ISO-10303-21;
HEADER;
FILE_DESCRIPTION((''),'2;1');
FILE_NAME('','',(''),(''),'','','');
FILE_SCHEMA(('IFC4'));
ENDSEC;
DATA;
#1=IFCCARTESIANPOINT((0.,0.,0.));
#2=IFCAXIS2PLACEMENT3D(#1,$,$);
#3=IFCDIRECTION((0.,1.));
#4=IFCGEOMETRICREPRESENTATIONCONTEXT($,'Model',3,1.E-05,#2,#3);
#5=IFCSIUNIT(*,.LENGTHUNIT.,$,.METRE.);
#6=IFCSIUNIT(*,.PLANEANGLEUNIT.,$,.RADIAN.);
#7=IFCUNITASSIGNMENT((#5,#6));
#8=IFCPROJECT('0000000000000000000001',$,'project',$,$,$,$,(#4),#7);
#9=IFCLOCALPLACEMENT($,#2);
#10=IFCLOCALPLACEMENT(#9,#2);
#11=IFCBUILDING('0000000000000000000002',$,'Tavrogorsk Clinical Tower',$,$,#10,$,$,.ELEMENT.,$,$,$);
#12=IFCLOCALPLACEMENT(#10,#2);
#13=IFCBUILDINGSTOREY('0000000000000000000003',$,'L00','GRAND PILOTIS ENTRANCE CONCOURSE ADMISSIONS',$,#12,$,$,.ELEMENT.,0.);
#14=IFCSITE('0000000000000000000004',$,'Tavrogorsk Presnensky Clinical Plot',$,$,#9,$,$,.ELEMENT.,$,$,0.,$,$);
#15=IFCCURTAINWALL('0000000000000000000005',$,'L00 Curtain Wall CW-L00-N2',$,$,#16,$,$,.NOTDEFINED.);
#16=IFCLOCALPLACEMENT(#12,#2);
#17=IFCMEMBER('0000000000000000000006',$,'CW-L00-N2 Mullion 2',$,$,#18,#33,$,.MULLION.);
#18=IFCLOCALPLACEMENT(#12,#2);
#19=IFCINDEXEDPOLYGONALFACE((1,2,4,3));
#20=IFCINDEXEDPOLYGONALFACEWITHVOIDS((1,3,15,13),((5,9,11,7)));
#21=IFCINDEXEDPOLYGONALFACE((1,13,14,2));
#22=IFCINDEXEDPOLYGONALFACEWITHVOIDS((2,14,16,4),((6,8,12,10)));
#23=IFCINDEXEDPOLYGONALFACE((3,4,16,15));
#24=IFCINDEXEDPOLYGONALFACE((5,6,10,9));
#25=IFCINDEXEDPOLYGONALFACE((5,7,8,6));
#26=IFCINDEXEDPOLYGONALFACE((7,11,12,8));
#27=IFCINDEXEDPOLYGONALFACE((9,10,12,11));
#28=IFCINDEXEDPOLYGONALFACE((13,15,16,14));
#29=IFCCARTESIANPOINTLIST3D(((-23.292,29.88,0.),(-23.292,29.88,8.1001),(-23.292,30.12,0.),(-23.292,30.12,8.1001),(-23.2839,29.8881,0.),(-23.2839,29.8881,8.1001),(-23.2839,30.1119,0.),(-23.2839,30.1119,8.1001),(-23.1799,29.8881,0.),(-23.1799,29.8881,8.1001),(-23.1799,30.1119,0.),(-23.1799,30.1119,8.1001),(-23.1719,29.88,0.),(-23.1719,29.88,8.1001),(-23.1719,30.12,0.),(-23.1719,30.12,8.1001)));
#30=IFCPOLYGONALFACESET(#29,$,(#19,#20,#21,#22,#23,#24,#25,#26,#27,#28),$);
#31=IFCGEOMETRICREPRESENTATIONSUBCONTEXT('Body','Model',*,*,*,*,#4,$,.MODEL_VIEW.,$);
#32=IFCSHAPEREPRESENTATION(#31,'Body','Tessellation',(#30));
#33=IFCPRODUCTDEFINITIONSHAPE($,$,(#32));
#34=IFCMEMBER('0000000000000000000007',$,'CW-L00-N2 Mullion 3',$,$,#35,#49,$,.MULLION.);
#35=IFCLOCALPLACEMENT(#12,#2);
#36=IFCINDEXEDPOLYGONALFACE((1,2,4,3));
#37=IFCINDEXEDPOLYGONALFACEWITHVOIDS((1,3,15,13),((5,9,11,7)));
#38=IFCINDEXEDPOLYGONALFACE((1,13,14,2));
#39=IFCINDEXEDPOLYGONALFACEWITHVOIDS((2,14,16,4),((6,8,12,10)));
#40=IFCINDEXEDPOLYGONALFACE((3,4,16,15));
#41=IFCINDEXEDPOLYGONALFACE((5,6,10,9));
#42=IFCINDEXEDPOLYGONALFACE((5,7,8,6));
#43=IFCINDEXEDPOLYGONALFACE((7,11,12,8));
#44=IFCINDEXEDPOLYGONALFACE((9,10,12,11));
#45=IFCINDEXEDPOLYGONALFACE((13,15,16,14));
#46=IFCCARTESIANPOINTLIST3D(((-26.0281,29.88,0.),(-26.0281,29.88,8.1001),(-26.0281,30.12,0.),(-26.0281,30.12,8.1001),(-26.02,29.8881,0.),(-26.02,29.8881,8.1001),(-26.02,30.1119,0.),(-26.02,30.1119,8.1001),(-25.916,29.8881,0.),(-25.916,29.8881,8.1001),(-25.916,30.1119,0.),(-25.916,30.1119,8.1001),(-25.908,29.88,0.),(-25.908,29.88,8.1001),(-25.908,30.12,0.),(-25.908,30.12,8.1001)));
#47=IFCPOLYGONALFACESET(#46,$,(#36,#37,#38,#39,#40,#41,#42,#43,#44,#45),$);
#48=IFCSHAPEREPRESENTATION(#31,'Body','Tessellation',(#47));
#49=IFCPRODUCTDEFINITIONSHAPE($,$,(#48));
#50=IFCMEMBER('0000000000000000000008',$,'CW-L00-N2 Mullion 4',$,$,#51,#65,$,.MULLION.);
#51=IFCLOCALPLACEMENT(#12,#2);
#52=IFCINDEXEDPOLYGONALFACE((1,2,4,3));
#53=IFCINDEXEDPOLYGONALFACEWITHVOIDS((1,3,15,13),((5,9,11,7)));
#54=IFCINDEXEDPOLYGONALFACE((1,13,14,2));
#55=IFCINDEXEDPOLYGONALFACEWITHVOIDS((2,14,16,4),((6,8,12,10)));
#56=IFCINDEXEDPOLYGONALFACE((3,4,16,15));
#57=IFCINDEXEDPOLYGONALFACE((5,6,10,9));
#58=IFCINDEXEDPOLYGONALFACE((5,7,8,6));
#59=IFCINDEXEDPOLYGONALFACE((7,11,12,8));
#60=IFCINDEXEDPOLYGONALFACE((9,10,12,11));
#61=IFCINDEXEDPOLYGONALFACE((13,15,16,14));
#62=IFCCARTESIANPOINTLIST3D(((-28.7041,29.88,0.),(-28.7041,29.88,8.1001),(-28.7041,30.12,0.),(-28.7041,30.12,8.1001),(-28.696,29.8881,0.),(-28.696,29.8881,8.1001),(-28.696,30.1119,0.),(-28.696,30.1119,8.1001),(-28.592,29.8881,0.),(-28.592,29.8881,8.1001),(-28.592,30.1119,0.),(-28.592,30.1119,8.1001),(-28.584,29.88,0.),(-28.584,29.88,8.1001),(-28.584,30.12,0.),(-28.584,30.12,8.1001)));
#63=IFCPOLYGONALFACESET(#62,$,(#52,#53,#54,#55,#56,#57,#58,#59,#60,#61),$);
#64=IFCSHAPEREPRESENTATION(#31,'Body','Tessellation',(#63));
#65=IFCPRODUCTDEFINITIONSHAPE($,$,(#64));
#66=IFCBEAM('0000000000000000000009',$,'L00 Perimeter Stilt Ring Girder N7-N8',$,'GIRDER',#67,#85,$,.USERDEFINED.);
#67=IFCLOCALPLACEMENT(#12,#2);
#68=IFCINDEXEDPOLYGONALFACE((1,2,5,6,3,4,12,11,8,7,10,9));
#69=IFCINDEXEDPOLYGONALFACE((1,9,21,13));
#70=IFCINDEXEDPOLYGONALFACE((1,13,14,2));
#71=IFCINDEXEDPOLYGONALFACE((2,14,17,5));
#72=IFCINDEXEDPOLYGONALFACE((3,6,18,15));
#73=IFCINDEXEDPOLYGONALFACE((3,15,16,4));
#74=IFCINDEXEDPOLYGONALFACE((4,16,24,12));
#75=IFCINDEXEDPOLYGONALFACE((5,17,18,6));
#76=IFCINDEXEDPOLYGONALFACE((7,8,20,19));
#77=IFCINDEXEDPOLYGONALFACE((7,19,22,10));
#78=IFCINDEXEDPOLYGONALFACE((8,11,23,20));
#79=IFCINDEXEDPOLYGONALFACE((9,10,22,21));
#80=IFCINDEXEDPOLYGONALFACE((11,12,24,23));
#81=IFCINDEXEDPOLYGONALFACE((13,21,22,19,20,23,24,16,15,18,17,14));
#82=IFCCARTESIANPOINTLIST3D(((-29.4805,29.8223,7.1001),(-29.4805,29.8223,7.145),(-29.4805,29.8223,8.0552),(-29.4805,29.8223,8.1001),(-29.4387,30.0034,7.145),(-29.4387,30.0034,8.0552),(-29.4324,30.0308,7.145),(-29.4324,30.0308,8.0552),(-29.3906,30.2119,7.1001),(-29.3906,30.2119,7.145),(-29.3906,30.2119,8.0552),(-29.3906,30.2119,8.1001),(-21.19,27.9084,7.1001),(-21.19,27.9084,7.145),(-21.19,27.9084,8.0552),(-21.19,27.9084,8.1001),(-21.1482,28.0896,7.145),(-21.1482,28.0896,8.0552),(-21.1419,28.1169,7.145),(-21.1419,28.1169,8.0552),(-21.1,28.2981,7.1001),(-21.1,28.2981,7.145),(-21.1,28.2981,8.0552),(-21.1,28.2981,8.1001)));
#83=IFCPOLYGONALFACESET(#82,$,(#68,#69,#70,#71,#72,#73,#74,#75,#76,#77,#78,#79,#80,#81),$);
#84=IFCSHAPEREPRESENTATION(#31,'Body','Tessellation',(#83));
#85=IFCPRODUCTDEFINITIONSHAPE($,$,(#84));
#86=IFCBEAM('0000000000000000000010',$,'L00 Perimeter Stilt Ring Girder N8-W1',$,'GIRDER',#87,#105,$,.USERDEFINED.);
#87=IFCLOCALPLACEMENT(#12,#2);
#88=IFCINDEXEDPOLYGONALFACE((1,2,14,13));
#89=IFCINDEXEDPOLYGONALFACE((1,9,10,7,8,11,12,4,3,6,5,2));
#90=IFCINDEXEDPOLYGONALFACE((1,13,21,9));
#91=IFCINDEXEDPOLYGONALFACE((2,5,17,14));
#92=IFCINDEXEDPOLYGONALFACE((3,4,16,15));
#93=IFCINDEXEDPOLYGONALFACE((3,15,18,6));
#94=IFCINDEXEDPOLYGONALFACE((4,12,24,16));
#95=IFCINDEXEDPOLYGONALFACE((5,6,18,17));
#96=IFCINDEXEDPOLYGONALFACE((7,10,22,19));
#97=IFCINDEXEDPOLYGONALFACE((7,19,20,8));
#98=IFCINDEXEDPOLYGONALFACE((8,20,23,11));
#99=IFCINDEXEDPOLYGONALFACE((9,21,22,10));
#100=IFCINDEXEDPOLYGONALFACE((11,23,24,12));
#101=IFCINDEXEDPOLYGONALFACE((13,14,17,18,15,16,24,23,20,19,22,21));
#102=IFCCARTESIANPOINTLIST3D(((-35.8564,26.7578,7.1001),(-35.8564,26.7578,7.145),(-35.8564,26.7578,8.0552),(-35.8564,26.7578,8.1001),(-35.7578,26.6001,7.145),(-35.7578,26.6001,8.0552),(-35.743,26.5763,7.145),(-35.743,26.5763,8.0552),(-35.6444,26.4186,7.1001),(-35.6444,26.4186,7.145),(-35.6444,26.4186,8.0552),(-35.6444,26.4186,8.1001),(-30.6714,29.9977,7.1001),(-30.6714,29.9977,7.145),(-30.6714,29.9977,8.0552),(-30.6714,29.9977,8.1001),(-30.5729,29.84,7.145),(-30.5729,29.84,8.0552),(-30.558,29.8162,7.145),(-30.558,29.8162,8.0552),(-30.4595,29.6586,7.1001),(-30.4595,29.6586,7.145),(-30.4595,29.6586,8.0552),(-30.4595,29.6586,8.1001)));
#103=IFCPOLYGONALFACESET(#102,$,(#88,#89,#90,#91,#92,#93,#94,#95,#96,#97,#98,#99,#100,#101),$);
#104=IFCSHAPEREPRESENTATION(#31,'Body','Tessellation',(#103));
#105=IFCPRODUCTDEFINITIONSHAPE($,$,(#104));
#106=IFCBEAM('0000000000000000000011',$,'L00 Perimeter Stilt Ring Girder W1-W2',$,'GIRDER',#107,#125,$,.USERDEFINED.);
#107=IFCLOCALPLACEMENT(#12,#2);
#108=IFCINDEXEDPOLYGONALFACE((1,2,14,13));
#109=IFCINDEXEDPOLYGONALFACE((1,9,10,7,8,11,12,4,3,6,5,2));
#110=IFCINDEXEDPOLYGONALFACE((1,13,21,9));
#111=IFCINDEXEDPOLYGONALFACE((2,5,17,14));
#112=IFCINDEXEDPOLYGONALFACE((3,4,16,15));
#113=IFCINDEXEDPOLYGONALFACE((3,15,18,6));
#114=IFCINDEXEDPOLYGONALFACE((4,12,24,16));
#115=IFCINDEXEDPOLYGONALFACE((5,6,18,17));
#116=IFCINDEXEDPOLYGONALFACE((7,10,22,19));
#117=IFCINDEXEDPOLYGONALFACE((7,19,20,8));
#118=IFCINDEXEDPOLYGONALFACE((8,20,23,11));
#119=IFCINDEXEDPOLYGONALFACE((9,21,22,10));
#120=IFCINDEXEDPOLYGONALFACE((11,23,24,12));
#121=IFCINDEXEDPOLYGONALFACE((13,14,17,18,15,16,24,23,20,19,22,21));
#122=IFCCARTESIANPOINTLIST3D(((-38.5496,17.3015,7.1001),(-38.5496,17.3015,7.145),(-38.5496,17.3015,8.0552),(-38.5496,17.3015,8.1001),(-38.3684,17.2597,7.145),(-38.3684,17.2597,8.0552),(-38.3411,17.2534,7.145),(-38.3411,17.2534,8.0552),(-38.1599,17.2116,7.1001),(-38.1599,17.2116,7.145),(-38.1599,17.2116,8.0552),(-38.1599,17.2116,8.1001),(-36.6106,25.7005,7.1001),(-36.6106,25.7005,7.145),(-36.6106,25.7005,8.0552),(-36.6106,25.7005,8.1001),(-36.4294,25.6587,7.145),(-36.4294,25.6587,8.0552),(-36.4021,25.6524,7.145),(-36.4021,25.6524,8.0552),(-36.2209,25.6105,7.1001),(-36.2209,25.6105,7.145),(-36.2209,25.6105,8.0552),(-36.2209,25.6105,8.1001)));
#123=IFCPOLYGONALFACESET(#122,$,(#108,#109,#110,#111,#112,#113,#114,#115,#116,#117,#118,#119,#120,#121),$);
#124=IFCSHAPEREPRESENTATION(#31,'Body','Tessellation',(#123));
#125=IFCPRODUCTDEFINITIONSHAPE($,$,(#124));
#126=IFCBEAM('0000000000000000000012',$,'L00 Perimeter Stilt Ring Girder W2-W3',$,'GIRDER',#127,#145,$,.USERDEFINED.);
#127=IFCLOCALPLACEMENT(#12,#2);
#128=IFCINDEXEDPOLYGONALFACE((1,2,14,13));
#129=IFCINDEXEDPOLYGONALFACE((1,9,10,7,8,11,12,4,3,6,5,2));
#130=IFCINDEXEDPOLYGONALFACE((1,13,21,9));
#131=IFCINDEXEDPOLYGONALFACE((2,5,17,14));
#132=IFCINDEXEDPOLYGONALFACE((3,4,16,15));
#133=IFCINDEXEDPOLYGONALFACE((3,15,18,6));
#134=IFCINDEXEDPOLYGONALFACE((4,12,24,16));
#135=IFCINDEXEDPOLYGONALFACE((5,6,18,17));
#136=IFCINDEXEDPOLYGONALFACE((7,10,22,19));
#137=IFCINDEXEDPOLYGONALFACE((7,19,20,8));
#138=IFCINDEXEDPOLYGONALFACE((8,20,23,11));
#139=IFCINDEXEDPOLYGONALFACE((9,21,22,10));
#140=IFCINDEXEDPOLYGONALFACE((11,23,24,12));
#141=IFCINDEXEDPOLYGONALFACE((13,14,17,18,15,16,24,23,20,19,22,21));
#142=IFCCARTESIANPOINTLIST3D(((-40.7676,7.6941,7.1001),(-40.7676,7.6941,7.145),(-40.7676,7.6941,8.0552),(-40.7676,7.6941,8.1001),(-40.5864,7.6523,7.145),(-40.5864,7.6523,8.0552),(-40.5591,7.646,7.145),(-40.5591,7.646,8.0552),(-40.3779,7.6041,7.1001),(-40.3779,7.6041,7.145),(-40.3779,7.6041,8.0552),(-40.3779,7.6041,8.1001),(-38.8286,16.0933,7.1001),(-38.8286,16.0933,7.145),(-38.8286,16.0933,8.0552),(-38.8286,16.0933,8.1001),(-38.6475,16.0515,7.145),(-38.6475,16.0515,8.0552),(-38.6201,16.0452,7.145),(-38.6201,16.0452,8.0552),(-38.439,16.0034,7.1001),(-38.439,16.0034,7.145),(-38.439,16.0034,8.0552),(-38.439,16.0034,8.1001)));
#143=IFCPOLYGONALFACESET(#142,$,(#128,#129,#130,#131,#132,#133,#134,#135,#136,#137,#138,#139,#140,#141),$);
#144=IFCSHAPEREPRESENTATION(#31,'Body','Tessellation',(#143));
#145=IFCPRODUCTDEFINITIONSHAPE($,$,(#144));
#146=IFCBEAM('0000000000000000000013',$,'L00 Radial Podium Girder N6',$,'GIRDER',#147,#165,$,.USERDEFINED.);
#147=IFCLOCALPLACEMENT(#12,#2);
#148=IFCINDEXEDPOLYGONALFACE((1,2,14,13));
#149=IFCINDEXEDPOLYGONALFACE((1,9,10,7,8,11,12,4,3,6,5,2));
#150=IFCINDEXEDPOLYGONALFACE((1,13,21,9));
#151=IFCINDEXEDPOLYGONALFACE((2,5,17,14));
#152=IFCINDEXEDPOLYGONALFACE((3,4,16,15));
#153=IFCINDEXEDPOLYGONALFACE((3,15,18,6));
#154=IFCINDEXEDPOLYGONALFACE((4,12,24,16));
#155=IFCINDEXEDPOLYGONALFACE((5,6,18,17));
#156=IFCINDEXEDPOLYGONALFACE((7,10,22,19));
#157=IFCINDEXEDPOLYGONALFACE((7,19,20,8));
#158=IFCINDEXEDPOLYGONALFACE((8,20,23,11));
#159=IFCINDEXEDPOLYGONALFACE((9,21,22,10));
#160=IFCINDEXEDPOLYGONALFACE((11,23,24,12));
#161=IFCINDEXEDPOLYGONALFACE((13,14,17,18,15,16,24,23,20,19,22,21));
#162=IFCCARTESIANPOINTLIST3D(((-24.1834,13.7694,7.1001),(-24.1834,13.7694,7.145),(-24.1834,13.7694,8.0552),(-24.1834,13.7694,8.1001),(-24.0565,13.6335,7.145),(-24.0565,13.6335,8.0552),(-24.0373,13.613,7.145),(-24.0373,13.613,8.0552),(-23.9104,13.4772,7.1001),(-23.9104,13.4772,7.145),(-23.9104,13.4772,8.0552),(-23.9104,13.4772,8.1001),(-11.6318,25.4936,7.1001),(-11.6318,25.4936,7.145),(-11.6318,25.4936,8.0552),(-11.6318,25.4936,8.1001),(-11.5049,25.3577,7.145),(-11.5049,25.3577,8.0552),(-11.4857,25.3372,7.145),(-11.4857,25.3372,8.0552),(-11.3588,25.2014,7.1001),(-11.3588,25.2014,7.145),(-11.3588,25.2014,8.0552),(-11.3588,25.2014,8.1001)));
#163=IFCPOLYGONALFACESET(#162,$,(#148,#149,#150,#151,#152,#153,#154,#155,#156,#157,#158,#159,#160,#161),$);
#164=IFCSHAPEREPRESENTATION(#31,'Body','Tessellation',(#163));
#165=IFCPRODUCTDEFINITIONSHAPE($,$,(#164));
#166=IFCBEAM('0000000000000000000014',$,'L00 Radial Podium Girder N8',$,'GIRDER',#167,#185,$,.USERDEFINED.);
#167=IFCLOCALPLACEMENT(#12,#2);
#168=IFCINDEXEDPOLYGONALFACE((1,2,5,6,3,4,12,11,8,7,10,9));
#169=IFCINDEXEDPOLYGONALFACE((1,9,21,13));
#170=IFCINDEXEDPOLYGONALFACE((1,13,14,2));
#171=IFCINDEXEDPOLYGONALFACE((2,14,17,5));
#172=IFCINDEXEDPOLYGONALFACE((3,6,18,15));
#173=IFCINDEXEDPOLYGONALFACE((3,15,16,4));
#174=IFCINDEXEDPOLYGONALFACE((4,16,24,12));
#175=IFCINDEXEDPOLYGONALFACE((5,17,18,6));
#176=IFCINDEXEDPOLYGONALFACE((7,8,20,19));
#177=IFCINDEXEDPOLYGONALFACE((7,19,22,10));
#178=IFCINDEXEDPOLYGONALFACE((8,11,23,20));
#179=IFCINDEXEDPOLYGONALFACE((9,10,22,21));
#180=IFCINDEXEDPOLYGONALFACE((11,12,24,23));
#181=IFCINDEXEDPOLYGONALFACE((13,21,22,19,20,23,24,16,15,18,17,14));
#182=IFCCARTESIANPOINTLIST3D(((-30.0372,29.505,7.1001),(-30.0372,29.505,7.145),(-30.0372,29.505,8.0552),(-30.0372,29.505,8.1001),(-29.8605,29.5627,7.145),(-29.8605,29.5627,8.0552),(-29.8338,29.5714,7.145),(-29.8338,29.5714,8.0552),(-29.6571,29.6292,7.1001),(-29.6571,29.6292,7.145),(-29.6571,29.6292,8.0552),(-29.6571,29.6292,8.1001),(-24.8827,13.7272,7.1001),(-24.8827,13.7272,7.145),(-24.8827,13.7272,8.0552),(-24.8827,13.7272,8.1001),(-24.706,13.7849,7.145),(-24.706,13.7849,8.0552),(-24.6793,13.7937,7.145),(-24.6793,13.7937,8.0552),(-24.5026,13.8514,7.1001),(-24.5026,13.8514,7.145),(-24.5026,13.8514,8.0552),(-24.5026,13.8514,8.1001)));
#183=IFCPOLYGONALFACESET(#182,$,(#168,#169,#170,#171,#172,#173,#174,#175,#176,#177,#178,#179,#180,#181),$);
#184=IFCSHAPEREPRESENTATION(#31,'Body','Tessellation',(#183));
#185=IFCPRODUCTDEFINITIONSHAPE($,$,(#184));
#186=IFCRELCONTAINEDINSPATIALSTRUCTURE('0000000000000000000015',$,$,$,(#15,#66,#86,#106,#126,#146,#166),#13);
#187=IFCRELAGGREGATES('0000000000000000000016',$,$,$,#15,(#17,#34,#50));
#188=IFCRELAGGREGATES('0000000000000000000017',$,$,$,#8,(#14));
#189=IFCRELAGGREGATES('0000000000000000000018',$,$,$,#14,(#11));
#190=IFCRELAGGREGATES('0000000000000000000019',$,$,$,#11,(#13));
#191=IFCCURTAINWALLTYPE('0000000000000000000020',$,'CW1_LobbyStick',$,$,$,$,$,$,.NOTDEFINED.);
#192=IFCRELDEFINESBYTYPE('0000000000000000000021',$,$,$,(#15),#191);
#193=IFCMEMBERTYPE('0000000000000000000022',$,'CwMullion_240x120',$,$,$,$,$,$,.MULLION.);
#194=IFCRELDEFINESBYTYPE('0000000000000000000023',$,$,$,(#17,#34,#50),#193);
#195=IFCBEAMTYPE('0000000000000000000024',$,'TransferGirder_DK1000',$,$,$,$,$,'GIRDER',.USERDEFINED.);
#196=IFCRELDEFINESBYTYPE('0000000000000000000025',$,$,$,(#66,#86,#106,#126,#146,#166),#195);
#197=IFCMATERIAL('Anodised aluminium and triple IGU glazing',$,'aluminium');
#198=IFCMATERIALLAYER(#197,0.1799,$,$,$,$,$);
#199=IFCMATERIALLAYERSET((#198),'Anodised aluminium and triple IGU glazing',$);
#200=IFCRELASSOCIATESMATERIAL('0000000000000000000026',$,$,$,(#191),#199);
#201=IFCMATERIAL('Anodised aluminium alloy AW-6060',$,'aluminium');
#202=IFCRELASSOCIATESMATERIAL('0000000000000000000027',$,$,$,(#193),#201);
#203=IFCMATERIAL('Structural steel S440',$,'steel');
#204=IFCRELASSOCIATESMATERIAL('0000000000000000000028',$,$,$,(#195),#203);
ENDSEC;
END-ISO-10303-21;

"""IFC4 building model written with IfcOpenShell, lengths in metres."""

from ifc_helpers import new_model, si_unit, direction, frame, origin, origin_2d, place, context, subcontext, project, spatial, hollow_rectangle, i_section, extrude, material, layer, layer_set, material_profile, profile_set, type_object, element, aggregate, save


model = new_model("IFC4")

# Units and contexts
model_context = context("Model", 3, precision=1e-05, world=origin(), true_north=direction((0.0, 1.0)))
body_context = subcontext(model_context, "Body", "Model", "MODEL_VIEW")
ifc_project = project(units=[si_unit("LENGTHUNIT", "METRE"), si_unit("PLANEANGLEUNIT", "RADIAN")], contexts=[model_context])

# Site, building, storey
site_placement = place(None, origin())
site = spatial("IfcSite", under=ifc_project, at=site_placement, Name="Tavrogorsk Presnensky Clinical Plot", CompositionType="ELEMENT", RefElevation=0.0)
building_placement = place(site_placement, origin())
building = spatial("IfcBuilding", under=site, at=building_placement, Name="Tavrogorsk Clinical Tower", CompositionType="ELEMENT")
storey_placement = place(building_placement, origin())
storey = spatial("IfcBuildingStorey", under=building, at=storey_placement, Name="L00", Description="GRAND PILOTIS ENTRANCE CONCOURSE ADMISSIONS", CompositionType="ELEMENT", Elevation=0.0)

# Curtain wall, members
ifc_material_1 = material(Name="Anodised aluminium and triple IGU glazing", Category="aluminium")
ifc_layer_1 = layer(ifc_material_1, 0.1799)
ifc_layer_set_1 = layer_set([ifc_layer_1], Name="Anodised aluminium and triple IGU glazing")
curtain_wall_type = type_object("IfcCurtainWallType", Name="CW1_LobbyStick", PredefinedType="NOTDEFINED", material=ifc_layer_set_1)
curtain_wall_placement = place(storey_placement, origin())
curtain_wall = element("IfcCurtainWall", 1, at=curtain_wall_placement, inside=storey, type_object=curtain_wall_type, Name="L00 Curtain Wall CW-L00-N2", PredefinedType="NOTDEFINED")
ifc_material_2 = material(Name="Anodised aluminium alloy AW-6060", Category="aluminium")
ifc_material_profile_1 = material_profile(ifc_material_2, hollow_rectangle(XDim=0.1201, YDim=0.24, WallThickness=0.0081, at=origin_2d()), Name="RHS-240x120x8")
ifc_profile_set_1 = profile_set([ifc_material_profile_1], Name="Anodised aluminium alloy AW-6060")
member_type = type_object("IfcMemberType", Name="CwMullion_240x120", PredefinedType="MULLION", material=ifc_profile_set_1)
member_1_placement = place(storey_placement, frame((-23.2319, 30.0, 0.0), z_axis=(0.0, 0.0, 1.0), x_axis=(-1.0, 0.0, 0.0)))
member_1 = element("IfcMember", 2, at=member_1_placement, type_object=member_type, Name="CW-L00-N2 Mullion 2", PredefinedType="MULLION", context=body_context, shape_type="SweptSolid", body=[
    extrude(hollow_rectangle(XDim=0.1201, YDim=0.24, WallThickness=0.0081, at=origin_2d()), origin(), (0.0, 0.0, 1.0), 8.1001),
])
member_2_placement = place(storey_placement, frame((-25.968, 30.0, 0.0), z_axis=(0.0, 0.0, 1.0), x_axis=(-1.0, 0.0, 0.0)))
member_2 = element("IfcMember", 3, at=member_2_placement, type_object=member_type, Name="CW-L00-N2 Mullion 3", PredefinedType="MULLION", context=body_context, shape_type="SweptSolid", body=[
    extrude(hollow_rectangle(XDim=0.1201, YDim=0.24, WallThickness=0.0081, at=origin_2d()), origin(), (0.0, 0.0, 1.0), 8.1001),
])
member_3_placement = place(storey_placement, frame((-28.644, 30.0, 0.0), z_axis=(0.0, 0.0, 1.0), x_axis=(-1.0, 0.0, 0.0)))
member_3 = element("IfcMember", 4, at=member_3_placement, type_object=member_type, Name="CW-L00-N2 Mullion 4", PredefinedType="MULLION", context=body_context, shape_type="SweptSolid", body=[
    extrude(hollow_rectangle(XDim=0.1201, YDim=0.24, WallThickness=0.0081, at=origin_2d()), origin(), (0.0, 0.0, 1.0), 8.1001),
])

# Beams
ifc_material_3 = material(Name="Structural steel S440", Category="steel")
ifc_material_profile_2 = material_profile(ifc_material_3, i_section(OverallWidth=0.3999, OverallDepth=1.0, WebThickness=0.0281, FlangeThickness=0.0449, at=origin_2d()), Name="DK-1000x400x28x45")
ifc_profile_set_2 = profile_set([ifc_material_profile_2], Name="Structural steel S440")
beam_type = type_object("IfcBeamType", Name="TransferGirder_DK1000", ElementType="GIRDER", PredefinedType="USERDEFINED", material=ifc_profile_set_2)
beam_1_placement = place(storey_placement, frame((-21.145, 28.1033, 7.6001), z_axis=(-0.974375, 0.224929, 0.0), x_axis=(-0.224929, -0.974375, 0.0)))
element("IfcBeam", 5, at=beam_1_placement, inside=storey, type_object=beam_type, Name="L00 Perimeter Stilt Ring Girder N7-N8", ObjectType="GIRDER", PredefinedType="USERDEFINED", context=body_context, shape_type="SweptSolid", body=[
    extrude(i_section(OverallWidth=0.3999, OverallDepth=1.0, WebThickness=0.0281, FlangeThickness=0.0449, at=origin_2d()), origin(), (0.0, 0.0, 1.0), 8.5085),
])
beam_2_placement = place(storey_placement, frame((-30.5654, 29.8281, 7.6001), z_axis=(-0.848048, -0.52992, 0.0), x_axis=(0.52992, -0.848048, 0.0)))
element("IfcBeam", 6, at=beam_2_placement, inside=storey, type_object=beam_type, Name="L00 Perimeter Stilt Ring Girder N8-W1", ObjectType="GIRDER", PredefinedType="USERDEFINED", context=body_context, shape_type="SweptSolid", body=[
    extrude(i_section(OverallWidth=0.3999, OverallDepth=1.0, WebThickness=0.0281, FlangeThickness=0.0449, at=origin_2d()), origin(), (0.0, 0.0, 1.0), 6.114),
])
beam_3_placement = place(storey_placement, frame((-36.4158, 25.6555, 7.6001), z_axis=(-0.224942, -0.974372, 0.0), x_axis=(0.974372, -0.224942, 0.0)))
element("IfcBeam", 7, at=beam_3_placement, inside=storey, type_object=beam_type, Name="L00 Perimeter Stilt Ring Girder W1-W2", ObjectType="GIRDER", PredefinedType="USERDEFINED", context=body_context, shape_type="SweptSolid", body=[
    extrude(i_section(OverallWidth=0.3999, OverallDepth=1.0, WebThickness=0.0281, FlangeThickness=0.0449, at=origin_2d()), origin(), (0.0, 0.0, 1.0), 8.6199),
])
beam_4_placement = place(storey_placement, frame((-38.6338, 16.0483, 7.6001), z_axis=(-0.224936, -0.974374, 0.0), x_axis=(0.974374, -0.224936, 0.0)))
element("IfcBeam", 8, at=beam_4_placement, inside=storey, type_object=beam_type, Name="L00 Perimeter Stilt Ring Girder W2-W3", ObjectType="GIRDER", PredefinedType="USERDEFINED", context=body_context, shape_type="SweptSolid", body=[
    extrude(i_section(OverallWidth=0.3999, OverallDepth=1.0, WebThickness=0.0281, FlangeThickness=0.0449, at=origin_2d()), origin(), (0.0, 0.0, 1.0), 8.6201),
])
beam_5_placement = place(storey_placement, frame((-24.0469, 13.6233, 7.6001), z_axis=(0.730783, 0.68261, 0.0), x_axis=(-0.68261, 0.730783, 0.0)))
element("IfcBeam", 9, at=beam_5_placement, inside=storey, type_object=beam_type, Name="L00 Radial Podium Girder N6", ObjectType="GIRDER", PredefinedType="USERDEFINED", context=body_context, shape_type="SweptSolid", body=[
    extrude(i_section(OverallWidth=0.3999, OverallDepth=1.0, WebThickness=0.0281, FlangeThickness=0.0449, at=origin_2d()), origin(), (0.0, 0.0, 1.0), 17.1755),
])
beam_6_placement = place(storey_placement, frame((-24.6926, 13.7893, 7.6001), z_axis=(-0.310543, 0.950559, 0.0), x_axis=(-0.950559, -0.310543, 0.0)))
element("IfcBeam", 10, at=beam_6_placement, inside=storey, type_object=beam_type, Name="L00 Radial Podium Girder N8", ObjectType="GIRDER", PredefinedType="USERDEFINED", context=body_context, shape_type="SweptSolid", body=[
    extrude(i_section(OverallWidth=0.3999, OverallDepth=1.0, WebThickness=0.0281, FlangeThickness=0.0449, at=origin_2d()), origin(), (0.0, 0.0, 1.0), 16.5984),
])

aggregate(curtain_wall, [member_1, member_2, member_3])

save(model, "model.ifc")
